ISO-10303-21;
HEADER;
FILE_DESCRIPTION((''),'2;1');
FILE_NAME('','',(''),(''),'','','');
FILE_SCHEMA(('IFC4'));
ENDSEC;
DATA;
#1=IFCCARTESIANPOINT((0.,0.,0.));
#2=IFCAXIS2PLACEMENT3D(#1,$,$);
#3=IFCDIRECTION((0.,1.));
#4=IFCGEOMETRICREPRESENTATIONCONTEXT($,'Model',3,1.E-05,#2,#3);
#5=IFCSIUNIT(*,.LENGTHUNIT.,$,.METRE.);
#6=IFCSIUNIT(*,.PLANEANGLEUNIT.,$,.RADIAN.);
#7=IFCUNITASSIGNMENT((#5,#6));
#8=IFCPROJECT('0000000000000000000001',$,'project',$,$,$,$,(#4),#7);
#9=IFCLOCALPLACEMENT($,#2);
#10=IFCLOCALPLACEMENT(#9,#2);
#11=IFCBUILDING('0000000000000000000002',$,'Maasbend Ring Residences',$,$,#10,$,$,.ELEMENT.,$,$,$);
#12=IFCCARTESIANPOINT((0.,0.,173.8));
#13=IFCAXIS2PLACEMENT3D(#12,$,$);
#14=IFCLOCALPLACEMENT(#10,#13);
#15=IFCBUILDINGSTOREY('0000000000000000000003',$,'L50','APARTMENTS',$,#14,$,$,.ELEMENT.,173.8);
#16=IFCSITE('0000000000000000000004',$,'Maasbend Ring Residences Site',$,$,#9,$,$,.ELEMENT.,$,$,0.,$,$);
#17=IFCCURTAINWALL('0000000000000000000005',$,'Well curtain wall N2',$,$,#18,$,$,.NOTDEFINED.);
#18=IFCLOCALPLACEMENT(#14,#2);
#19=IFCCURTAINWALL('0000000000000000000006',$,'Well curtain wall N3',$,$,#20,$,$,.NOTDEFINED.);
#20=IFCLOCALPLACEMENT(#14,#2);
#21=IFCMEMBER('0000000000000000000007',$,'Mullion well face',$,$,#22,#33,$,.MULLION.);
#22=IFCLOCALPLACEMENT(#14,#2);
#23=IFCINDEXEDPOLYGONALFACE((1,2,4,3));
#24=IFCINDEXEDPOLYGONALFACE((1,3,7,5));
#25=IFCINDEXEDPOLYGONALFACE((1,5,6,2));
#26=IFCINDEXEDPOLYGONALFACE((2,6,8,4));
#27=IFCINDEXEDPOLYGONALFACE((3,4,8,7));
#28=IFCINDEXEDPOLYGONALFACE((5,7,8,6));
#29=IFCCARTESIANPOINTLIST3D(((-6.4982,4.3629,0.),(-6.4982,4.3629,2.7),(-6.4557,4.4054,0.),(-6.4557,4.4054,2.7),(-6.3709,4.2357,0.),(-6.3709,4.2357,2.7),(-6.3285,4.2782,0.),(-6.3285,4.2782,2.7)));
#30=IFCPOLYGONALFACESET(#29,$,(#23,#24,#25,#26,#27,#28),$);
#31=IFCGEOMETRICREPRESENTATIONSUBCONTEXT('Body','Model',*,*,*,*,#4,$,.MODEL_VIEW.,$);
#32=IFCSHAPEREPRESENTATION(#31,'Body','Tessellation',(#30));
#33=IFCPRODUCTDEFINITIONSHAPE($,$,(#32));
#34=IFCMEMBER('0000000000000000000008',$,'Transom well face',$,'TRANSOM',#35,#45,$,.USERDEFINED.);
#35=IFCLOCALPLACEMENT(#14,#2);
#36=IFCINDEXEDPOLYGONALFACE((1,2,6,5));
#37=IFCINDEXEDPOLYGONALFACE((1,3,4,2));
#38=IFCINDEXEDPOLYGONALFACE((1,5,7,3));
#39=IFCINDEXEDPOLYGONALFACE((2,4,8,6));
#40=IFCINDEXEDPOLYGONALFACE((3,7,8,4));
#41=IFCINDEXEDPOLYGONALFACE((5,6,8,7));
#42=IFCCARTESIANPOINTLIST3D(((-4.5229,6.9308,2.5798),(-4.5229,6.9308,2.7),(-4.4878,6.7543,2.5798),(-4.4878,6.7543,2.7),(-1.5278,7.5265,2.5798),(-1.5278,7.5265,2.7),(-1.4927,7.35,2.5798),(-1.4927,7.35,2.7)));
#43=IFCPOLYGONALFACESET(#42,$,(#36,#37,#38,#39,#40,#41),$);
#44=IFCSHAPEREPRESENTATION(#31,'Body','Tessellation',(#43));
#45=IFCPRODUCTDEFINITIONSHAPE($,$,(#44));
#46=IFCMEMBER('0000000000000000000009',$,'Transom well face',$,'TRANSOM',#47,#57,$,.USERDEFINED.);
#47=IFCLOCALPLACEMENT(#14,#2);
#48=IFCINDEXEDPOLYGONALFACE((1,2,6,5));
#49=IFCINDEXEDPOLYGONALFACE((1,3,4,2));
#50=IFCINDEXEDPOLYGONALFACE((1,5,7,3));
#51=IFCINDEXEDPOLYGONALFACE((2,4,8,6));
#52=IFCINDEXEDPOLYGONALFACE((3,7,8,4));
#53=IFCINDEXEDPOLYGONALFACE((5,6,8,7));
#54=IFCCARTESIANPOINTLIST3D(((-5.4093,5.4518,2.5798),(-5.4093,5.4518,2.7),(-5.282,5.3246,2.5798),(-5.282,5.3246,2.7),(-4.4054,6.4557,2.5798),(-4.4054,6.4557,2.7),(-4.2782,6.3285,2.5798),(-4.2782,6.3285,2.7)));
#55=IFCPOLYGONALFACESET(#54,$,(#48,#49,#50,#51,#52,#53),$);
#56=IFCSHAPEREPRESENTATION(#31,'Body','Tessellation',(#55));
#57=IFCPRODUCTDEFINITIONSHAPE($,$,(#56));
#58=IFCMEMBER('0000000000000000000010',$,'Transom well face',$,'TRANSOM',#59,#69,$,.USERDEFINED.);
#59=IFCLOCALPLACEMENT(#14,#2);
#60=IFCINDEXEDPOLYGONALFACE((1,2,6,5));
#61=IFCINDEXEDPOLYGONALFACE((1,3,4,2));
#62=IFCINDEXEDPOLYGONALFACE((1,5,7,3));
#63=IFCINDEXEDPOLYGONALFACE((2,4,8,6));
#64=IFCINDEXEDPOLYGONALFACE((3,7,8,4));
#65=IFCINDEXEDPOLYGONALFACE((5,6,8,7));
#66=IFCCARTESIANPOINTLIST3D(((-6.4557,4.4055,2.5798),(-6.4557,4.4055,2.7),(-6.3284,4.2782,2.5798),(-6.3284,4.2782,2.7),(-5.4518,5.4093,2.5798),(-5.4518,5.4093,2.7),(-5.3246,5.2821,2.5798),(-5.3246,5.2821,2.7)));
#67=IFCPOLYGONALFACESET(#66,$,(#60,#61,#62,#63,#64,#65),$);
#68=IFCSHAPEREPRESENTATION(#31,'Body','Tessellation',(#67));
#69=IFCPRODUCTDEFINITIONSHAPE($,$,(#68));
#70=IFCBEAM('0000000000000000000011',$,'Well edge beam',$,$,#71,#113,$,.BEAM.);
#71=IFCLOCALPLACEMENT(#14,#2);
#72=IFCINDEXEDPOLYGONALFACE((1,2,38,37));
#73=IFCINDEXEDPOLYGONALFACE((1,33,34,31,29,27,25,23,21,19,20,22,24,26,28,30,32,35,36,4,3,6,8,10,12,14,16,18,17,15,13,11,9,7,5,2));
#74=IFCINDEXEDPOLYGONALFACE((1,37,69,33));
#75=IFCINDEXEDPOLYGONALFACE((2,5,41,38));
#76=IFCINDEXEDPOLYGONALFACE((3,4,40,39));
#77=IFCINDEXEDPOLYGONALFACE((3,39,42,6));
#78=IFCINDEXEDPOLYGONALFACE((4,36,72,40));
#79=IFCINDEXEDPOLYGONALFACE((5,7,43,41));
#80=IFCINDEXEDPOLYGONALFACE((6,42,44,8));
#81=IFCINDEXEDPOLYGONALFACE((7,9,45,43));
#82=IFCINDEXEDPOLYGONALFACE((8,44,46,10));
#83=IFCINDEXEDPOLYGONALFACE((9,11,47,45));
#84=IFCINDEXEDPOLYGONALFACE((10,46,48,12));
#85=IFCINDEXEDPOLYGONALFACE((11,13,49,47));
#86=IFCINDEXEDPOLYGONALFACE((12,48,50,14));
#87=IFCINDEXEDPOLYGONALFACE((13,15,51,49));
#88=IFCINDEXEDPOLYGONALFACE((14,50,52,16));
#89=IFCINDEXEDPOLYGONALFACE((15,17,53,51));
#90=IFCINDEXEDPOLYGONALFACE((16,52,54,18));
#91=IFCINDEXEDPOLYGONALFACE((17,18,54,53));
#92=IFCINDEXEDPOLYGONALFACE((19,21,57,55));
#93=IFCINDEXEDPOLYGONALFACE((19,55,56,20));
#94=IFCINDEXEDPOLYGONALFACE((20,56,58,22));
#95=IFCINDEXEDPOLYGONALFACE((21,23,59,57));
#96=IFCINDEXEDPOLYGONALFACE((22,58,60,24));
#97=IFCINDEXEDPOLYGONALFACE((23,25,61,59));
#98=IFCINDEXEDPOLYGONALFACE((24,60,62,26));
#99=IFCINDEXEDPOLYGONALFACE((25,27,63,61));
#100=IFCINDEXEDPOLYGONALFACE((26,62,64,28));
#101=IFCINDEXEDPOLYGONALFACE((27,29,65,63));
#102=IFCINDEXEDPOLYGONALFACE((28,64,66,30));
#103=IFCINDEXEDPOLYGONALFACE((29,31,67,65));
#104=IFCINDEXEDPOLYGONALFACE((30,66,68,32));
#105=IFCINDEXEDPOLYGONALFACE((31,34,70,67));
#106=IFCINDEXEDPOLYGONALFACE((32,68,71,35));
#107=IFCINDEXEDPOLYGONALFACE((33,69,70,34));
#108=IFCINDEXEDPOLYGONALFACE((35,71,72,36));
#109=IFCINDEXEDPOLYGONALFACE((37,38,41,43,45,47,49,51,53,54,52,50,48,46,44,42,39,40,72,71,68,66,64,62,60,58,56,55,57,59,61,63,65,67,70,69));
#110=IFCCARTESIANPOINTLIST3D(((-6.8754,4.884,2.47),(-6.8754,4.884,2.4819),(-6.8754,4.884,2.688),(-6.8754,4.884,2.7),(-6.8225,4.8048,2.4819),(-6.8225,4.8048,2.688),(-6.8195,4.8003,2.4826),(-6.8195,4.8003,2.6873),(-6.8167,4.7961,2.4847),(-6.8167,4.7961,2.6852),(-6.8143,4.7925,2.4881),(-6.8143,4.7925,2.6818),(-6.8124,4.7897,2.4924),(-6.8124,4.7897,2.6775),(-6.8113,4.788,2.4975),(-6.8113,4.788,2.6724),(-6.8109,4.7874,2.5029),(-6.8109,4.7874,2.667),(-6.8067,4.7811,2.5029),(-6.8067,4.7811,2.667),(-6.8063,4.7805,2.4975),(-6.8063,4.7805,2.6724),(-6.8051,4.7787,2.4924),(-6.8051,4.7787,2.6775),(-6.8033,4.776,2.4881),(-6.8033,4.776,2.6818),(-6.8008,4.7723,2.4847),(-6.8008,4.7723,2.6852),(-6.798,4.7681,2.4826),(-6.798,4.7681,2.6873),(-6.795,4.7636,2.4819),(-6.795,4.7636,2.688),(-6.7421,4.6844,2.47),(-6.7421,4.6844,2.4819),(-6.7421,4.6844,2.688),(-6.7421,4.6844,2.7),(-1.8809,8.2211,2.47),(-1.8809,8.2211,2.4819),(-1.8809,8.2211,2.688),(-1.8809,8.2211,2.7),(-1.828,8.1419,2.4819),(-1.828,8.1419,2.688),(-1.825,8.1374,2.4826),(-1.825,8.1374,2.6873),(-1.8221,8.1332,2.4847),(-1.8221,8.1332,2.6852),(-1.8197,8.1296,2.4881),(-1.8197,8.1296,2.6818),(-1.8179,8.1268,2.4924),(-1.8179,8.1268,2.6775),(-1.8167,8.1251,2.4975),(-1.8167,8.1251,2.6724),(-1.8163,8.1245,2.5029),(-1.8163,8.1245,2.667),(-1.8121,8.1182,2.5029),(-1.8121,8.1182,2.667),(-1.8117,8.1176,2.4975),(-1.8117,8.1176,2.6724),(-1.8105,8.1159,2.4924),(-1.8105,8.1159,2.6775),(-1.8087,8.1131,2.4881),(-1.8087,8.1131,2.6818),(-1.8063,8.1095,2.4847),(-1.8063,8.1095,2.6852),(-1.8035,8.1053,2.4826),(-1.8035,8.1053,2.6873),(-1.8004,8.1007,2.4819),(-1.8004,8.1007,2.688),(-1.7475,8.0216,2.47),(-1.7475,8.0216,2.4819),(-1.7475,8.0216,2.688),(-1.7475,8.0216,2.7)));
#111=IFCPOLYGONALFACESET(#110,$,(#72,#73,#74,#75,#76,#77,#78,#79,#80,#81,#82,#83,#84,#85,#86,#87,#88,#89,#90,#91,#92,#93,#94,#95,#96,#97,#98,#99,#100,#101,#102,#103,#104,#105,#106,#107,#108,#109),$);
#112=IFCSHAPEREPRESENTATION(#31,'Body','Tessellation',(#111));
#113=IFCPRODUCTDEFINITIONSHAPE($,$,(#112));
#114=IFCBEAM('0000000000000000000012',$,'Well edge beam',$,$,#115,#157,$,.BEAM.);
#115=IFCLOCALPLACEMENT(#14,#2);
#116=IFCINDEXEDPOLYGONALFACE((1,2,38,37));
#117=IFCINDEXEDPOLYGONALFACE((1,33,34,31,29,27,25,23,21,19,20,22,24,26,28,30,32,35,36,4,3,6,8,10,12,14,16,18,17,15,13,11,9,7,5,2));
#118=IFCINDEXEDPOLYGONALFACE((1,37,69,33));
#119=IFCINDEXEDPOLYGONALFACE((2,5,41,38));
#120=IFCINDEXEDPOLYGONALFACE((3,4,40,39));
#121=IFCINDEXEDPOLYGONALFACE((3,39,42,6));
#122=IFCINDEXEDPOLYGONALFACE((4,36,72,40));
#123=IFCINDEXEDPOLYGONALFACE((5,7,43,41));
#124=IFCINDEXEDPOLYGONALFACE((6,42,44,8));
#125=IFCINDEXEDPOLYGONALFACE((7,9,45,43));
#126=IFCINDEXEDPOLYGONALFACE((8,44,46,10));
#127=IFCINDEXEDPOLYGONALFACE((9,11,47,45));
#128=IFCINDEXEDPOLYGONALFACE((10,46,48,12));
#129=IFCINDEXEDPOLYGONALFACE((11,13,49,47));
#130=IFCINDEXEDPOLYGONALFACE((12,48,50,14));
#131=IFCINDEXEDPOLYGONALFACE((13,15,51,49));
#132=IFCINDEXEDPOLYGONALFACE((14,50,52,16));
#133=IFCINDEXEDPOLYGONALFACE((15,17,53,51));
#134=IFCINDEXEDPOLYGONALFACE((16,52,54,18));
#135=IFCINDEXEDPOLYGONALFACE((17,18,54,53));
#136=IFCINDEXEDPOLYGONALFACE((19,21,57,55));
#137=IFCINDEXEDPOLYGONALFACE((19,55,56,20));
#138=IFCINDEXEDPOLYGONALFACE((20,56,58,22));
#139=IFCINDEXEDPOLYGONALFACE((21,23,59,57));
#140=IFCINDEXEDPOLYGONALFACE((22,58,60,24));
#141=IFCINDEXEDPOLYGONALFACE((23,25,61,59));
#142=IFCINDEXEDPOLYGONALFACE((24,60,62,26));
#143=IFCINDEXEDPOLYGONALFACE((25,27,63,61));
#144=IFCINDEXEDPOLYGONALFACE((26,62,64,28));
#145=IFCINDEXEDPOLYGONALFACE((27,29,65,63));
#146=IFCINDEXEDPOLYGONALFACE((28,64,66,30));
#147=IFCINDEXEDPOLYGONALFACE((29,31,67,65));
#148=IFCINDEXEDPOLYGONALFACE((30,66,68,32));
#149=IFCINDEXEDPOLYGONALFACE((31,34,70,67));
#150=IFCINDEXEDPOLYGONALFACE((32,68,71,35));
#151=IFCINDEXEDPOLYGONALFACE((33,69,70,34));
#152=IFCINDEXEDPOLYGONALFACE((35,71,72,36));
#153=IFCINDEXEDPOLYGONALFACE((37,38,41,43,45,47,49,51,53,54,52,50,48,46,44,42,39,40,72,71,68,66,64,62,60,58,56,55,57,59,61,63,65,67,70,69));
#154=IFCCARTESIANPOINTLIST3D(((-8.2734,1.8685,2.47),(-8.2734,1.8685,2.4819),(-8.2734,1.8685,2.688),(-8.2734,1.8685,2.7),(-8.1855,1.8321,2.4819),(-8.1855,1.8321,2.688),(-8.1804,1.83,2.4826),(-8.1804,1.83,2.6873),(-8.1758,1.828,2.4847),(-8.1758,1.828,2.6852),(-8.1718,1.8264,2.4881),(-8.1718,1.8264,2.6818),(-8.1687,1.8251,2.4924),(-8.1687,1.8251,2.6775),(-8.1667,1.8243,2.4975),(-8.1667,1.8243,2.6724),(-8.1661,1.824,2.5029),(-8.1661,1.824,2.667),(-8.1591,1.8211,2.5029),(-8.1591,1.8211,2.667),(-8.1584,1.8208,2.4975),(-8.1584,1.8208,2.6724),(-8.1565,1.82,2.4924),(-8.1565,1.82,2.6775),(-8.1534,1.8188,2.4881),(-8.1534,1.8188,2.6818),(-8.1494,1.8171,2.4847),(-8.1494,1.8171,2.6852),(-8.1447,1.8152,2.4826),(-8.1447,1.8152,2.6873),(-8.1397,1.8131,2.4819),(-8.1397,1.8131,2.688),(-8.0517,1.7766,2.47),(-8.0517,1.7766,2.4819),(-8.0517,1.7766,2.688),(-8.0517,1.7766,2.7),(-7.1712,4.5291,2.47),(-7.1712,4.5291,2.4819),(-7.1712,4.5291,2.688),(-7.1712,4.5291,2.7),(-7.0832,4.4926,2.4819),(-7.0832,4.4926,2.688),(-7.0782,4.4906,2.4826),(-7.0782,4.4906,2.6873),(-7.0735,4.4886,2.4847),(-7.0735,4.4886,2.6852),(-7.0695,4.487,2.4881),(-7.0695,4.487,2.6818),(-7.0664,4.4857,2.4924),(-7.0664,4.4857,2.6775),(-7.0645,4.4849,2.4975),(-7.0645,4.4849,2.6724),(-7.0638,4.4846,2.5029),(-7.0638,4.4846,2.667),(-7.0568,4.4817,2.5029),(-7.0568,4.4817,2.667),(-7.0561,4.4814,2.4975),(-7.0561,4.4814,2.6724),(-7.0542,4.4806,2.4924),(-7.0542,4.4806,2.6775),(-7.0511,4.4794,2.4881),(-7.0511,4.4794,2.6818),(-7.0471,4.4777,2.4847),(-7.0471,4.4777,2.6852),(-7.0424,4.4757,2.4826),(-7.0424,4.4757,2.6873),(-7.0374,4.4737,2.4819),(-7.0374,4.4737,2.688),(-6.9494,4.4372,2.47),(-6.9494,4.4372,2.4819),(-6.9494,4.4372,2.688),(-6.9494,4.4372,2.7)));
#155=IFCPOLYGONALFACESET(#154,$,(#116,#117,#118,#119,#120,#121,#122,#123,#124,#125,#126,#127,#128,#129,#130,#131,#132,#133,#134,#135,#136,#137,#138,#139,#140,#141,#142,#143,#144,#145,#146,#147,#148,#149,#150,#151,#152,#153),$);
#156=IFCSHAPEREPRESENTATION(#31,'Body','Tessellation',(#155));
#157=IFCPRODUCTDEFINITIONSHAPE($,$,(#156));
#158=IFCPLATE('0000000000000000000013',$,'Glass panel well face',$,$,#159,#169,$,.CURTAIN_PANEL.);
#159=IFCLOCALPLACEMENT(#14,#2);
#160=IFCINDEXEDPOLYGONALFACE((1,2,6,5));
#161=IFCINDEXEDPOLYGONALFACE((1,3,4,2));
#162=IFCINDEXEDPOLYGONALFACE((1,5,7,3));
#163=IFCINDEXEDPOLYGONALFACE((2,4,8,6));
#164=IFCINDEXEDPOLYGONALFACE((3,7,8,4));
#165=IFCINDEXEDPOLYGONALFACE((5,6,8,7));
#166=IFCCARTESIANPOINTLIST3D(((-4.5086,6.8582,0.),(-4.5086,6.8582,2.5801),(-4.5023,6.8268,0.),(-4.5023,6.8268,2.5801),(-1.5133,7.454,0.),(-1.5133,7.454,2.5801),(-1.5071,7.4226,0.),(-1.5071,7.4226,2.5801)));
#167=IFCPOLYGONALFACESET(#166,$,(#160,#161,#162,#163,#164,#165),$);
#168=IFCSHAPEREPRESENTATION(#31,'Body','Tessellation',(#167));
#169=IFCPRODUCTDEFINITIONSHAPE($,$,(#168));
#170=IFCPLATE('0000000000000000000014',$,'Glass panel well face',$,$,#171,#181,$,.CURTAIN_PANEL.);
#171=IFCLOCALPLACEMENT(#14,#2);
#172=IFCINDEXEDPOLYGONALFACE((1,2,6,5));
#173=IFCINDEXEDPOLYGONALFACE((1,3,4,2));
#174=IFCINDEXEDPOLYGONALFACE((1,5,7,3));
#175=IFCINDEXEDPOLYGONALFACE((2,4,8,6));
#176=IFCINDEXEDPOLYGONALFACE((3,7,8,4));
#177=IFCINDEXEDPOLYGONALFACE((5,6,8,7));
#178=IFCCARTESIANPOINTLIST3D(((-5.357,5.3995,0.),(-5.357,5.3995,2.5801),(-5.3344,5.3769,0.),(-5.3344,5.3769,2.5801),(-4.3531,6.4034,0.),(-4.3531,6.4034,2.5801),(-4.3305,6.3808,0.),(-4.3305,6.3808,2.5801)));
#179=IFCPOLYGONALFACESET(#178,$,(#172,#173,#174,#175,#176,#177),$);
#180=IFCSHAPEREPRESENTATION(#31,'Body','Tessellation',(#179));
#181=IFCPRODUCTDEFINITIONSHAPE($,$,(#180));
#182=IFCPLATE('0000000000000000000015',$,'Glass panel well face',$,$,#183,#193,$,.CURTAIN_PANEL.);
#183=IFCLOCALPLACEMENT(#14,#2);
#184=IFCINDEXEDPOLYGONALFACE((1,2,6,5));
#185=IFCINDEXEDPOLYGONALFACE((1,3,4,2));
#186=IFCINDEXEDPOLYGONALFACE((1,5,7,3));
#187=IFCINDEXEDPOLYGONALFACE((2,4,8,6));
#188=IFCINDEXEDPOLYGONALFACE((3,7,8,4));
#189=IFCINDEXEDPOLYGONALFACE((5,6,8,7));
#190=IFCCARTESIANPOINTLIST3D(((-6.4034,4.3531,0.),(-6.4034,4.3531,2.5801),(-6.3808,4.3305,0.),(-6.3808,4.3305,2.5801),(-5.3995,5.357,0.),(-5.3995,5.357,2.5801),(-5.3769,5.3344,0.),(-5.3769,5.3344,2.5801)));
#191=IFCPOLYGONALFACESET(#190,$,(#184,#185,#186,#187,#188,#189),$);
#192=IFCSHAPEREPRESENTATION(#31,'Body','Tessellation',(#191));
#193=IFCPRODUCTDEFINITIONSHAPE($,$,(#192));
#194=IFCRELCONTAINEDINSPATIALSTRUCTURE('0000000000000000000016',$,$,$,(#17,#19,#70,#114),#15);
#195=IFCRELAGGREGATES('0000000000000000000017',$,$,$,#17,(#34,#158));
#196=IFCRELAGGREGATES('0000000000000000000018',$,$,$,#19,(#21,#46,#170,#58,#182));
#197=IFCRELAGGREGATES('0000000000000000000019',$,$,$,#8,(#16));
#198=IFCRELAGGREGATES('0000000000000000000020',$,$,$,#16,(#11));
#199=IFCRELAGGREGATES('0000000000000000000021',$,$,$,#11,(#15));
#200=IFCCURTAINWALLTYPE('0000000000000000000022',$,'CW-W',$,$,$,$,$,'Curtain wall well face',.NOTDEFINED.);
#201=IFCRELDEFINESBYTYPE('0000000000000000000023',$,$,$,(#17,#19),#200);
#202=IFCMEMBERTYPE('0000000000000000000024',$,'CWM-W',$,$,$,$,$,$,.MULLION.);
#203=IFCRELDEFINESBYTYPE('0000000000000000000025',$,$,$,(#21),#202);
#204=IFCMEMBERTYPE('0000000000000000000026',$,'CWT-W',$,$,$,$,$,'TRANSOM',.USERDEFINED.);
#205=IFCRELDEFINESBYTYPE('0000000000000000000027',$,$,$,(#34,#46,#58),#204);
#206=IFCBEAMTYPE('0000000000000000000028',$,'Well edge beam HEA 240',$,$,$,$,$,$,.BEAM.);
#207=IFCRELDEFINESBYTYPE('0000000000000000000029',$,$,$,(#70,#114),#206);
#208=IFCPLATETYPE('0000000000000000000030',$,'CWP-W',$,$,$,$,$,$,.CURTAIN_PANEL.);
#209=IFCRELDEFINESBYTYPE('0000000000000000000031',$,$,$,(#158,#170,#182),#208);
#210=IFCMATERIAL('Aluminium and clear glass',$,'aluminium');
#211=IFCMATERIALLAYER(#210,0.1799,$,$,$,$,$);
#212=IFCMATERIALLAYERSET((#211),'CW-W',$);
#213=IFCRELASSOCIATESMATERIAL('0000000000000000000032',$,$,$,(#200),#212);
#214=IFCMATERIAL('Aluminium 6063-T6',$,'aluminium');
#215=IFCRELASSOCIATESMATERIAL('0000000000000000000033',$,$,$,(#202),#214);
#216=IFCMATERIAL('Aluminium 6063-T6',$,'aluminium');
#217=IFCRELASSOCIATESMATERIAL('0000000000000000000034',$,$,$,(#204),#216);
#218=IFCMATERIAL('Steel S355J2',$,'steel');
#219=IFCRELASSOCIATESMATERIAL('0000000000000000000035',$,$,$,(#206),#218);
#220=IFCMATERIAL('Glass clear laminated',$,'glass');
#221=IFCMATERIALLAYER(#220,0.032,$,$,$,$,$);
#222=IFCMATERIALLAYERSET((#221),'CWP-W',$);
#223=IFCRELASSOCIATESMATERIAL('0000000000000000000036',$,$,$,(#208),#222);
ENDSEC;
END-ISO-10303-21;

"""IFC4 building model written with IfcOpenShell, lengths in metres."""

from ifc_helpers import new_model, si_unit, direction, frame, origin, origin_2d, place, context, subcontext, project, spatial, rectangle, i_section, extrude, material, layer, layer_set, material_profile, profile_set, type_object, element, aggregate, save


model = new_model("IFC4")

# Units and contexts
model_context = context("Model", 3, precision=1e-05, world=origin(), true_north=direction((0.0, 1.0)))
body_context = subcontext(model_context, "Body", "Model", "MODEL_VIEW")
ifc_project = project(units=[si_unit("LENGTHUNIT", "METRE"), si_unit("PLANEANGLEUNIT", "RADIAN")], contexts=[model_context])

# Site, building, storey
site_placement = place(None, origin())
site = spatial("IfcSite", under=ifc_project, at=site_placement, Name="Maasbend Ring Residences Site", CompositionType="ELEMENT", RefElevation=0.0)
building_placement = place(site_placement, origin())
building = spatial("IfcBuilding", under=site, at=building_placement, Name="Maasbend Ring Residences", CompositionType="ELEMENT")
storey_placement = place(building_placement, frame((0.0, 0.0, 173.8)))
storey = spatial("IfcBuildingStorey", under=building, at=storey_placement, Name="L50", Description="APARTMENTS", CompositionType="ELEMENT", Elevation=173.8)

# Curtain walls, member
ifc_material_1 = material(Name="Aluminium and clear glass", Category="aluminium")
ifc_layer_1 = layer(ifc_material_1, 0.1799)
ifc_layer_set_1 = layer_set([ifc_layer_1], Name="CW-W")
curtain_wall_type = type_object("IfcCurtainWallType", Name="CW-W", ElementType="Curtain wall well face", PredefinedType="NOTDEFINED", material=ifc_layer_set_1)
curtain_wall_1_placement = place(storey_placement, origin())
curtain_wall_1 = element("IfcCurtainWall", 1, at=curtain_wall_1_placement, inside=storey, type_object=curtain_wall_type, Name="Well curtain wall N2", PredefinedType="NOTDEFINED")
ifc_material_2 = material(Name="Aluminium 6063-T6", Category="aluminium")
ifc_material_profile_1 = material_profile(ifc_material_2, rectangle(XDim=0.1799, YDim=0.0601, at=origin_2d()), Name="AL 180x60")
ifc_profile_set_1 = profile_set([ifc_material_profile_1], Name="Aluminium 6063-T6")
member_type_1 = type_object("IfcMemberType", Name="CWM-W", PredefinedType="MULLION", material=ifc_profile_set_1)
curtain_wall_2_placement = place(storey_placement, origin())
curtain_wall_2 = element("IfcCurtainWall", 2, at=curtain_wall_2_placement, inside=storey, type_object=curtain_wall_type, Name="Well curtain wall N3", PredefinedType="NOTDEFINED")
member_1_placement = place(storey_placement, frame((-6.4133, 4.3206, 0.0), z_axis=(0.0, 0.0, 1.0), x_axis=(0.707107, -0.707107, 0.0)))
member_1 = element("IfcMember", 3, at=member_1_placement, type_object=member_type_1, Name="Mullion well face", PredefinedType="MULLION", context=body_context, shape_type="SweptSolid", body=[
    extrude(rectangle(XDim=0.1799, YDim=0.0601, at=origin_2d()), origin(), (0.0, 0.0, 1.0), 2.7),
])

# Members
ifc_material_3 = material(Name="Aluminium 6063-T6", Category="aluminium")
ifc_material_profile_2 = material_profile(ifc_material_3, rectangle(XDim=0.1799, YDim=0.1201, at=origin_2d()), Name="AL 180x120")
ifc_profile_set_2 = profile_set([ifc_material_profile_2], Name="Aluminium 6063-T6")
member_type_2 = type_object("IfcMemberType", Name="CWT-W", ElementType="TRANSOM", PredefinedType="USERDEFINED", material=ifc_profile_set_2)
member_2_placement = place(storey_placement, frame((-1.5103, 7.4382, 2.6399), z_axis=(-0.980789, -0.195071, 0.0), x_axis=(0.195071, -0.980789, 0.0)))
member_2 = element("IfcMember", 4, at=member_2_placement, type_object=member_type_2, Name="Transom well face", ObjectType="TRANSOM", PredefinedType="USERDEFINED", context=body_context, shape_type="SweptSolid", body=[
    extrude(rectangle(XDim=0.1799, YDim=0.1201, at=origin_2d()), origin(), (0.0, 0.0, 1.0), 3.0537),
])
member_3_placement = place(storey_placement, frame((-4.3418, 6.3921, 2.6399), z_axis=(-0.707107, -0.707107, 0.0), x_axis=(0.707107, -0.707107, 0.0)))
member_3 = element("IfcMember", 5, at=member_3_placement, type_object=member_type_2, Name="Transom well face", ObjectType="TRANSOM", PredefinedType="USERDEFINED", context=body_context, shape_type="SweptSolid", body=[
    extrude(rectangle(XDim=0.1799, YDim=0.1201, at=origin_2d()), origin(), (0.0, 0.0, 1.0), 1.4197),
])
member_4_placement = place(storey_placement, frame((-5.3882, 5.3457, 2.6399), z_axis=(-0.707107, -0.707107, 0.0), x_axis=(0.707107, -0.707107, 0.0)))
member_4 = element("IfcMember", 6, at=member_4_placement, type_object=member_type_2, Name="Transom well face", ObjectType="TRANSOM", PredefinedType="USERDEFINED", context=body_context, shape_type="SweptSolid", body=[
    extrude(rectangle(XDim=0.1799, YDim=0.1201, at=origin_2d()), origin(), (0.0, 0.0, 1.0), 1.4197),
])

# Beams
ifc_material_4 = material(Name="Steel S355J2", Category="steel")
ifc_material_profile_3 = material_profile(ifc_material_4, i_section(OverallWidth=0.24, OverallDepth=0.23, WebThickness=0.0076, FlangeThickness=0.012, FilletRadius=0.021, at=origin_2d()), Name="HEA 240")
ifc_profile_set_3 = profile_set([ifc_material_profile_3], Name="Steel S355J2")
beam_type = type_object("IfcBeamType", Name="Well edge beam HEA 240", PredefinedType="BEAM", material=ifc_profile_set_3)
beam_1_placement = place(storey_placement, frame((-1.8142, 8.1213, 2.585), z_axis=(-0.831481, -0.555553, 0.0), x_axis=(0.555553, -0.831481, 0.0)))
element("IfcBeam", 7, at=beam_1_placement, inside=storey, type_object=beam_type, Name="Well edge beam", PredefinedType="BEAM", context=body_context, shape_type="SweptSolid", body=[
    extrude(i_section(OverallWidth=0.24, OverallDepth=0.23, WebThickness=0.0076, FlangeThickness=0.012, FilletRadius=0.021, at=origin_2d()), origin(), (0.0, 0.0, 1.0), 6.0068),
])
beam_2_placement = place(storey_placement, frame((-7.0603, 4.4832, 2.585), z_axis=(-0.382749, -0.923853, 0.0), x_axis=(0.923853, -0.382749, 0.0)))
element("IfcBeam", 8, at=beam_2_placement, inside=storey, type_object=beam_type, Name="Well edge beam", PredefinedType="BEAM", context=body_context, shape_type="SweptSolid", body=[
    extrude(i_section(OverallWidth=0.24, OverallDepth=0.23, WebThickness=0.0076, FlangeThickness=0.012, FilletRadius=0.021, at=origin_2d()), origin(), (0.0, 0.0, 1.0), 2.8799),
])

# Plates
ifc_material_5 = material(Name="Glass clear laminated", Category="glass")
ifc_layer_2 = layer(ifc_material_5, 0.032)
ifc_layer_set_2 = layer_set([ifc_layer_2], Name="CWP-W")
plate_type = type_object("IfcPlateType", Name="CWP-W", PredefinedType="CURTAIN_PANEL", material=ifc_layer_set_2)
plate_1_placement = place(storey_placement, frame((-3.0078, 7.1404, 0.0), z_axis=(0.0, 0.0, 1.0), x_axis=(-0.980785, -0.19509, 0.0)))
plate_1 = element("IfcPlate", 9, at=plate_1_placement, type_object=plate_type, Name="Glass panel well face", PredefinedType="CURTAIN_PANEL", context=body_context, shape_type="SweptSolid", body=[
    extrude(rectangle(XDim=3.054, YDim=0.032, at=origin_2d()), origin(), (0.0, 0.0, 1.0), 2.5801),
])
aggregate(curtain_wall_1, [member_2, plate_1])
plate_2_placement = place(storey_placement, frame((-4.8438, 5.8901, 0.0), z_axis=(0.0, 0.0, 1.0), x_axis=(-0.707107, -0.707107, 0.0)))
plate_2 = element("IfcPlate", 10, at=plate_2_placement, type_object=plate_type, Name="Glass panel well face", PredefinedType="CURTAIN_PANEL", context=body_context, shape_type="SweptSolid", body=[
    extrude(rectangle(XDim=1.4197, YDim=0.032, at=origin_2d()), origin(), (0.0, 0.0, 1.0), 2.5801),
])
plate_3_placement = place(storey_placement, frame((-5.8901, 4.8438, 0.0), z_axis=(0.0, 0.0, 1.0), x_axis=(-0.707107, -0.707107, 0.0)))
plate_3 = element("IfcPlate", 11, at=plate_3_placement, type_object=plate_type, Name="Glass panel well face", PredefinedType="CURTAIN_PANEL", context=body_context, shape_type="SweptSolid", body=[
    extrude(rectangle(XDim=1.4197, YDim=0.032, at=origin_2d()), origin(), (0.0, 0.0, 1.0), 2.5801),
])
aggregate(curtain_wall_2, [member_1, member_3, plate_2, member_4, plate_3])

save(model, "model.ifc")
